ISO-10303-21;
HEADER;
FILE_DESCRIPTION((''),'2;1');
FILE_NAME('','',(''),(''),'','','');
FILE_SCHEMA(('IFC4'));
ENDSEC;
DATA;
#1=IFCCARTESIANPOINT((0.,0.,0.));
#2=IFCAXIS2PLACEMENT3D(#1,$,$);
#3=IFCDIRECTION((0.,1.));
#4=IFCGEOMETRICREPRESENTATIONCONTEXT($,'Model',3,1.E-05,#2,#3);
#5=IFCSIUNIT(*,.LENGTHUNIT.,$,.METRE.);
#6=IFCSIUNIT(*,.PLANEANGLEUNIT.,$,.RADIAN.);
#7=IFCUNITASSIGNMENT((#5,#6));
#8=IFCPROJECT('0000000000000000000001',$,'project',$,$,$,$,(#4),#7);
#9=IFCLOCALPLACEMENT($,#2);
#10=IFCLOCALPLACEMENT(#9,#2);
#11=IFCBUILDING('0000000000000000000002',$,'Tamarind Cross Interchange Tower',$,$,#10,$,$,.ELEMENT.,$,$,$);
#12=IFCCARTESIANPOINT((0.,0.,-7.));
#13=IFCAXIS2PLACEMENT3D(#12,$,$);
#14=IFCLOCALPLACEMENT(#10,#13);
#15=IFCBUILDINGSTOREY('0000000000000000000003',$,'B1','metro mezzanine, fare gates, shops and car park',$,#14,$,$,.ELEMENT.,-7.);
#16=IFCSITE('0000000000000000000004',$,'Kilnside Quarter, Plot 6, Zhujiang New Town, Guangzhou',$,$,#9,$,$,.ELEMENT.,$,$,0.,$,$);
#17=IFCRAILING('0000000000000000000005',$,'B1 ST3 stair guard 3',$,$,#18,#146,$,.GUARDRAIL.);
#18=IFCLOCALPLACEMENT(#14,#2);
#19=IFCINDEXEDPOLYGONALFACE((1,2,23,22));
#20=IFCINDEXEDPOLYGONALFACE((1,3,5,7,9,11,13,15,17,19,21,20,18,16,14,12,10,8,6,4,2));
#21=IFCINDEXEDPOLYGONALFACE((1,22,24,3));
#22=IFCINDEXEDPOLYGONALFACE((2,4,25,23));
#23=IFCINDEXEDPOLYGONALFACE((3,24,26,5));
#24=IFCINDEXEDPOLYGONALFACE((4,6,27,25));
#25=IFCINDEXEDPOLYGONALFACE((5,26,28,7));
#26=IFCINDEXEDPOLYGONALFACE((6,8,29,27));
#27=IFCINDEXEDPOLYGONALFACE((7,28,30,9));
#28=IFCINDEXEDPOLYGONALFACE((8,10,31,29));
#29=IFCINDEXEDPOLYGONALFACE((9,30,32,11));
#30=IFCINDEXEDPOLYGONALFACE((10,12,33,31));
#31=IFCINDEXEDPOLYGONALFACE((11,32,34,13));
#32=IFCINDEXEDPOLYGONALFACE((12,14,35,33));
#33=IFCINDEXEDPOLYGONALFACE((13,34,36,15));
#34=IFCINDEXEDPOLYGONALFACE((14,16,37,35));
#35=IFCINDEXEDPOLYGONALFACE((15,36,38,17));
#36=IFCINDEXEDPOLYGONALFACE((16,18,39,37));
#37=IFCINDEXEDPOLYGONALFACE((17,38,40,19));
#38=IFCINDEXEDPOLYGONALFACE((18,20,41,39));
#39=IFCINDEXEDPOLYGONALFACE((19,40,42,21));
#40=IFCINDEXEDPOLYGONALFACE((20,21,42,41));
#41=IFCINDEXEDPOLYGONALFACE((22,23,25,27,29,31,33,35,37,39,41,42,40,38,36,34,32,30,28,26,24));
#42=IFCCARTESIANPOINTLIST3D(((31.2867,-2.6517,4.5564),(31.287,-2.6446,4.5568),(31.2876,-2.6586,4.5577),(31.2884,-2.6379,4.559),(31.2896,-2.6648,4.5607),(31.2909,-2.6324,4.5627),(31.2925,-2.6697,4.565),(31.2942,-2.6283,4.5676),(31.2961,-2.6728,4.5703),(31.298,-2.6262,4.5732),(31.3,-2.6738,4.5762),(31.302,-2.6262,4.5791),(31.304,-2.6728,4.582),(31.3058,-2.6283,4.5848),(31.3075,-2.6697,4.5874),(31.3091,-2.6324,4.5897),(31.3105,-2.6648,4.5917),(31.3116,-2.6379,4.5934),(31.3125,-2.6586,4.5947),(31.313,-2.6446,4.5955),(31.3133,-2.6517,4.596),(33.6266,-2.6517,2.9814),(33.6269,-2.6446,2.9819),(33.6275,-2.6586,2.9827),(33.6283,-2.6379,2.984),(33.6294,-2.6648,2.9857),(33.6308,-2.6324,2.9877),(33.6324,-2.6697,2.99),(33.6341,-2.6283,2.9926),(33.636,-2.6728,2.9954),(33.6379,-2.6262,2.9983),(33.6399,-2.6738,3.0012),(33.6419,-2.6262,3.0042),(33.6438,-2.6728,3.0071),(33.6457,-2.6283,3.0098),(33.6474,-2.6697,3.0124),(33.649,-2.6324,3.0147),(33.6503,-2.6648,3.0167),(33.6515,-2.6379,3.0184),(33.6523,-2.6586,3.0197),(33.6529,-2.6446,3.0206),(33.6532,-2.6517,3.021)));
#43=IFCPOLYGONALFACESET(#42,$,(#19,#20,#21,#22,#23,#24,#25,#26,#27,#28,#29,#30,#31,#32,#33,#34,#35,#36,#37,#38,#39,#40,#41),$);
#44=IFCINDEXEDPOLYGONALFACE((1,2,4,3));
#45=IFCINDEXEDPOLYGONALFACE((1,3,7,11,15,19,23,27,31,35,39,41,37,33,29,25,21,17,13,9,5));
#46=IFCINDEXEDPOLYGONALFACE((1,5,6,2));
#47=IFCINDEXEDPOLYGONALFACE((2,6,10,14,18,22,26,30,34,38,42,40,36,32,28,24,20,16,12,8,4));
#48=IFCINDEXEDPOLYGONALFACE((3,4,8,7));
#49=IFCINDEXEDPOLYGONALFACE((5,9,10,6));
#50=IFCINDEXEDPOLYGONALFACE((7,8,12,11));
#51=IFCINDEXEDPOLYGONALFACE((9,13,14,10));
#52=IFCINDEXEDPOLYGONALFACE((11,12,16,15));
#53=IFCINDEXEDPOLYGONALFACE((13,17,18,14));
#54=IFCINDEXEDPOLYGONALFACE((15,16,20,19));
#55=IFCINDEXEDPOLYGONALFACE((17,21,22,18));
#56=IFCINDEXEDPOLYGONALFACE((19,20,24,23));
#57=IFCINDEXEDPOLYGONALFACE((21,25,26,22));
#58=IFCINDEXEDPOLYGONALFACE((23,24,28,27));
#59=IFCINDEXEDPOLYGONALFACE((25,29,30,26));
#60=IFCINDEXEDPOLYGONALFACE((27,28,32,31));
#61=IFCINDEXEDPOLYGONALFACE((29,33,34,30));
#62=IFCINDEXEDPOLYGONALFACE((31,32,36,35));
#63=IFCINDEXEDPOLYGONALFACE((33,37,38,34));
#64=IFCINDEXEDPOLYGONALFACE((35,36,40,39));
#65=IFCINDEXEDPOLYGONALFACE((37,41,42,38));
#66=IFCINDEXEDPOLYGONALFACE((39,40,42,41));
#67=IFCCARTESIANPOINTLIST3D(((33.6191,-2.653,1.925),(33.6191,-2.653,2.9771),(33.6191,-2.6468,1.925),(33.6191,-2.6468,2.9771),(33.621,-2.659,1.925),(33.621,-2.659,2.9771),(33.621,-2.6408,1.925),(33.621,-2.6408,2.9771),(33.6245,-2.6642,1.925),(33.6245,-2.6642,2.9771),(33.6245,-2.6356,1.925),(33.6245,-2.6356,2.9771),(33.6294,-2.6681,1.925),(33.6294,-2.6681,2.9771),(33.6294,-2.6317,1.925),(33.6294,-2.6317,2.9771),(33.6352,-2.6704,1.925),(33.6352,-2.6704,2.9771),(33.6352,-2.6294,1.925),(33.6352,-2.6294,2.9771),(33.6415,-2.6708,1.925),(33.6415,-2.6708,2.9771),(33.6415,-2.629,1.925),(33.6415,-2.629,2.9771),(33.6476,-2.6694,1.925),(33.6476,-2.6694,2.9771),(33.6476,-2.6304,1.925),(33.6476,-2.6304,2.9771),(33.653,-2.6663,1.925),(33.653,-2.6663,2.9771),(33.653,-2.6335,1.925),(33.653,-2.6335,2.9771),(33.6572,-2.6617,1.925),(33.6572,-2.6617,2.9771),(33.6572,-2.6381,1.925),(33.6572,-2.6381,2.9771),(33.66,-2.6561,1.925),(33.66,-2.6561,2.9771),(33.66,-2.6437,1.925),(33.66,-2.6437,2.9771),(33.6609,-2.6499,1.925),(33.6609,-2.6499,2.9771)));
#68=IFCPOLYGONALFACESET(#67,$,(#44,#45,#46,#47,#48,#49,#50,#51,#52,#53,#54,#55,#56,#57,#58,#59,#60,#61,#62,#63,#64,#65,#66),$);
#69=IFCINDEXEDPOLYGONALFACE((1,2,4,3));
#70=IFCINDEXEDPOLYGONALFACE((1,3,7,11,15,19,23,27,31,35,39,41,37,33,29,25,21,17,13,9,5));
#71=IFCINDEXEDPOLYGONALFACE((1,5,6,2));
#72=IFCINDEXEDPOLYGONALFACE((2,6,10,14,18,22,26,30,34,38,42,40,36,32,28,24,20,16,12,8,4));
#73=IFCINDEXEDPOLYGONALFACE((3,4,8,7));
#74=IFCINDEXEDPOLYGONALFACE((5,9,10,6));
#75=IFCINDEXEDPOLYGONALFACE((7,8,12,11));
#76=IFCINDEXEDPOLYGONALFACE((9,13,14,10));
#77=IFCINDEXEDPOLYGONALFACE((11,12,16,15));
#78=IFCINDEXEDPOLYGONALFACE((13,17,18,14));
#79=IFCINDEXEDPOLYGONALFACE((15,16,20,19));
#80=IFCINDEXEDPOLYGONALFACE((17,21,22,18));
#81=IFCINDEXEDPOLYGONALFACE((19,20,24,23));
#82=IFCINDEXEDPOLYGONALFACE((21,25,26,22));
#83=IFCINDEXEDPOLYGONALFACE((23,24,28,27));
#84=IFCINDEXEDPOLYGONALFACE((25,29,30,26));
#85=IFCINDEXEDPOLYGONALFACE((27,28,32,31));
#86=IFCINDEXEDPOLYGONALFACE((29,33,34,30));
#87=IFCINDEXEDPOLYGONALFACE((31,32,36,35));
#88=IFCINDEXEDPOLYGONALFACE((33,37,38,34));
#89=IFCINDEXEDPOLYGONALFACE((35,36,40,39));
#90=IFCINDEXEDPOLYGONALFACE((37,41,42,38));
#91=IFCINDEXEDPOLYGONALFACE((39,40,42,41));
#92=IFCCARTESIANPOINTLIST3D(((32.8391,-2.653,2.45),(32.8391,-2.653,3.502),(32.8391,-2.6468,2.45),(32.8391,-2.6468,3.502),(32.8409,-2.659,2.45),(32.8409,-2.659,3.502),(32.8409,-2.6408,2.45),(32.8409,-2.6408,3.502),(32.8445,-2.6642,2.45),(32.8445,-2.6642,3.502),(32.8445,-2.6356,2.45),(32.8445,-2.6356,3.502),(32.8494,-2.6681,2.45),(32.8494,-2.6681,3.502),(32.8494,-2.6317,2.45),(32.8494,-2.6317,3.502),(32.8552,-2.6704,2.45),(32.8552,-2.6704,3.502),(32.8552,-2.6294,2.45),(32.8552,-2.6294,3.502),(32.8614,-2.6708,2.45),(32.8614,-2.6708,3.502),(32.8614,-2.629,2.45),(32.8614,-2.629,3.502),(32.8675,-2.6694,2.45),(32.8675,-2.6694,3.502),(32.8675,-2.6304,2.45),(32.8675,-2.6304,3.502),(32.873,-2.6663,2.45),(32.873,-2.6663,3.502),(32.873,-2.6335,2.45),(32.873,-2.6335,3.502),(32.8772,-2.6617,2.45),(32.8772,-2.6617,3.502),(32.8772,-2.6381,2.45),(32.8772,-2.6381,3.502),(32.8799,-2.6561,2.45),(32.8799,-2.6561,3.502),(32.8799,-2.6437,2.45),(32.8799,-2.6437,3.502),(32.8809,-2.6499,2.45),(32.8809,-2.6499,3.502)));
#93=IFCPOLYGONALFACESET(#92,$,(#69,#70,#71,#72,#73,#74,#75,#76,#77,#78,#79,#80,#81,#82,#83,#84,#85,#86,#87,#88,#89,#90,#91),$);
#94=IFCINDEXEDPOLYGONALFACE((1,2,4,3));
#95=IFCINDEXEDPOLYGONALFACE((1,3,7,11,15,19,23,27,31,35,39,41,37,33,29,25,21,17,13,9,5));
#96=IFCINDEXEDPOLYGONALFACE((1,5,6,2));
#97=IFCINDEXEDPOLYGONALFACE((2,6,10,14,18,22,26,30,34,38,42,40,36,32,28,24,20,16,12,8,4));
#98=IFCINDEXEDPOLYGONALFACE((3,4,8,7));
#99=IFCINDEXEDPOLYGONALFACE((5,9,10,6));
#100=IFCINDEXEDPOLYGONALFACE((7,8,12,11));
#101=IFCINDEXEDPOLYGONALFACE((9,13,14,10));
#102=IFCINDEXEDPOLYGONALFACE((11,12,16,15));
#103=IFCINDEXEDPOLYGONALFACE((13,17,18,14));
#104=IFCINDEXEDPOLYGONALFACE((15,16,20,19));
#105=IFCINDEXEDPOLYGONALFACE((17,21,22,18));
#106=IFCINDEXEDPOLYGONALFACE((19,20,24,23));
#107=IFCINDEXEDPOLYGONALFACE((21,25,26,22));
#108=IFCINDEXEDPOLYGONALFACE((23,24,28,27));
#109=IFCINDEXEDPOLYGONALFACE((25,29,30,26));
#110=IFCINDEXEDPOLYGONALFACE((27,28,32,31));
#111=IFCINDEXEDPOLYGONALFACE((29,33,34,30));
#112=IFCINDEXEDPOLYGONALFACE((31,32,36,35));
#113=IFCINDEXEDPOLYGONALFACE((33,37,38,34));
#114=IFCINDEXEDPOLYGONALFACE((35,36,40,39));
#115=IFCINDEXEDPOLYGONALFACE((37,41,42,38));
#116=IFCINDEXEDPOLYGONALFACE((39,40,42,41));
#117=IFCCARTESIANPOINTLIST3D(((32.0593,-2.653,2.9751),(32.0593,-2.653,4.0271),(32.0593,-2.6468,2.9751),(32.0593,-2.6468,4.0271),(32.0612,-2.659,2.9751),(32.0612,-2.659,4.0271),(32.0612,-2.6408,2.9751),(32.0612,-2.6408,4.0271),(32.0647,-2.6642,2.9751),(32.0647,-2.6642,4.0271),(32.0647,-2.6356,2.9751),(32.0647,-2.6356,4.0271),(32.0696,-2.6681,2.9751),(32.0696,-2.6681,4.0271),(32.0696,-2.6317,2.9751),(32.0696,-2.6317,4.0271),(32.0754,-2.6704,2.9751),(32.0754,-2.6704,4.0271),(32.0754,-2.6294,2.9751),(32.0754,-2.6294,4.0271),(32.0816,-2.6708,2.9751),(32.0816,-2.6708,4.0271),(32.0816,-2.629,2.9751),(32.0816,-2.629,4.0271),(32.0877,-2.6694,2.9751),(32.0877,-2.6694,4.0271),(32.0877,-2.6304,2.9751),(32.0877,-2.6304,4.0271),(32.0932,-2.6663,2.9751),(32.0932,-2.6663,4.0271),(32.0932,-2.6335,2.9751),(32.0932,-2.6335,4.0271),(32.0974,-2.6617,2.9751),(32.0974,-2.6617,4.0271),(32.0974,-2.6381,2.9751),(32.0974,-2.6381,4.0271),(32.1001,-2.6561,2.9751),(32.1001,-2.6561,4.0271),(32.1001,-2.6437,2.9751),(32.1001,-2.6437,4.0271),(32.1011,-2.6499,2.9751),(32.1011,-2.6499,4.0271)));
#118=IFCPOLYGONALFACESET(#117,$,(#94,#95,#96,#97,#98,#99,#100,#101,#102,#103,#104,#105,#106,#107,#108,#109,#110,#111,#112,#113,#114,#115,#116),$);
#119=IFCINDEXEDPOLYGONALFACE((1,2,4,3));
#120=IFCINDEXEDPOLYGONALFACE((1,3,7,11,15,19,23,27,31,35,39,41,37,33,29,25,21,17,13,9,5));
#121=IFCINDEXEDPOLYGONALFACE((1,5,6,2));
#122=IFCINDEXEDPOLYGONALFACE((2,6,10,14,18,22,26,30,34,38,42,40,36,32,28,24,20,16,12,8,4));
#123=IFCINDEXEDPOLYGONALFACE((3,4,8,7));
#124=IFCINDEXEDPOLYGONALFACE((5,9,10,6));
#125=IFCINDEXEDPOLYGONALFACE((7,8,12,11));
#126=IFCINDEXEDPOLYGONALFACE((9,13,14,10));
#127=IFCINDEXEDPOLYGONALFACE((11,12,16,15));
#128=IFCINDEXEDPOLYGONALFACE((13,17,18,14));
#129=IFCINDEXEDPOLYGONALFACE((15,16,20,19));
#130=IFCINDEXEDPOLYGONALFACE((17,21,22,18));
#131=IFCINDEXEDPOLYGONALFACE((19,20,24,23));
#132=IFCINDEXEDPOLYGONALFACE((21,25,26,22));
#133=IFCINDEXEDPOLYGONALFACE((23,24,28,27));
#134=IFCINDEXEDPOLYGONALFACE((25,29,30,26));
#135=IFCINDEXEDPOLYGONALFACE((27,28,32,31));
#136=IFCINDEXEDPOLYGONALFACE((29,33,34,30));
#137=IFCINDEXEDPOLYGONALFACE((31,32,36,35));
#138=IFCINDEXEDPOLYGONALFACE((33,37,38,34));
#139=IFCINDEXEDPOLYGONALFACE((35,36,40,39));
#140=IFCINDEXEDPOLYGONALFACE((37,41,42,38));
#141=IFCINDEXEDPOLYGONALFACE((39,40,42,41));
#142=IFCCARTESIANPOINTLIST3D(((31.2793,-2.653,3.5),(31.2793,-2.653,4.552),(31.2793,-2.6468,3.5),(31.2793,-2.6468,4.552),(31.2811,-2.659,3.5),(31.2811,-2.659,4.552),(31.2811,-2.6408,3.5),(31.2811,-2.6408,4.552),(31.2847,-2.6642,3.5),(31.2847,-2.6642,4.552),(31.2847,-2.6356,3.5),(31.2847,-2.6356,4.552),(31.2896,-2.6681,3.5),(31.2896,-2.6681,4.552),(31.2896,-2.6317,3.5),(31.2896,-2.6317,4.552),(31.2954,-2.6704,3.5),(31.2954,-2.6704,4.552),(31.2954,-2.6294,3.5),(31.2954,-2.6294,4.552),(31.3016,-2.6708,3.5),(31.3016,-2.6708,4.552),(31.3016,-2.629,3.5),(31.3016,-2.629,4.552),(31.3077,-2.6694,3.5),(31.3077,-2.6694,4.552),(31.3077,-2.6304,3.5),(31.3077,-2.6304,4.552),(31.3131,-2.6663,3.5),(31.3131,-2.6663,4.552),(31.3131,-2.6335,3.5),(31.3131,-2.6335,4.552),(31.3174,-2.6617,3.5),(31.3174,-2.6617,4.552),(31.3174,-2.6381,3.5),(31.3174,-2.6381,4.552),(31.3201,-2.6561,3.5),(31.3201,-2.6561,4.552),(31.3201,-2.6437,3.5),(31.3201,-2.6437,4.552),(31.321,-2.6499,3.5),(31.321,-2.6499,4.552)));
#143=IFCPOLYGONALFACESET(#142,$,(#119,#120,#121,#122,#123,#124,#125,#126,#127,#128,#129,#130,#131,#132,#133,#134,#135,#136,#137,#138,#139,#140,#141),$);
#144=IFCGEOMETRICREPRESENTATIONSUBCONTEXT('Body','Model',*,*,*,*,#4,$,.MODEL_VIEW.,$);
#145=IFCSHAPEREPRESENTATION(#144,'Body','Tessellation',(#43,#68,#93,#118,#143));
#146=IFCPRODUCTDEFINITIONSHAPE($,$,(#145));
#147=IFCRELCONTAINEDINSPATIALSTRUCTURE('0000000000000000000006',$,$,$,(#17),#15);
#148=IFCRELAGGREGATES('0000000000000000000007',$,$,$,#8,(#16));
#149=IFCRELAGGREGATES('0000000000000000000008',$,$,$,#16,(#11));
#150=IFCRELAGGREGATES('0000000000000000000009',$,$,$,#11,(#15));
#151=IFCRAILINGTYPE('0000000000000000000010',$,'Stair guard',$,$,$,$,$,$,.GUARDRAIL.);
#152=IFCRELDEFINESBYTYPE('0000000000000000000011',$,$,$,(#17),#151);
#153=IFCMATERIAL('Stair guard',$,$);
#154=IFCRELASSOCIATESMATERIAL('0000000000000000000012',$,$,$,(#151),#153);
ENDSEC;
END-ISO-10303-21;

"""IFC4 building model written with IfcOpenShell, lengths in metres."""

from ifc_helpers import new_model, si_unit, direction, frame, origin, origin_2d, place, context, subcontext, project, spatial, circle, extrude, material, type_object, element, save


model = new_model("IFC4")

# Units and contexts
model_context = context("Model", 3, precision=1e-05, world=origin(), true_north=direction((0.0, 1.0)))
body_context = subcontext(model_context, "Body", "Model", "MODEL_VIEW")
ifc_project = project(units=[si_unit("LENGTHUNIT", "METRE"), si_unit("PLANEANGLEUNIT", "RADIAN")], contexts=[model_context])

# Site, building, storey
site_placement = place(None, origin())
site = spatial("IfcSite", under=ifc_project, at=site_placement, Name="Kilnside Quarter, Plot 6, Zhujiang New Town, Guangzhou", CompositionType="ELEMENT", RefElevation=0.0)
building_placement = place(site_placement, origin())
building = spatial("IfcBuilding", under=site, at=building_placement, Name="Tamarind Cross Interchange Tower", CompositionType="ELEMENT")
storey_placement = place(building_placement, frame((0.0, 0.0, -7.0)))
storey = spatial("IfcBuildingStorey", under=building, at=storey_placement, Name="B1", Description="metro mezzanine, fare gates, shops and car park", CompositionType="ELEMENT", Elevation=-7.0)

# Railing
ifc_material_1 = material(Name="Stair guard")
railing_type_1 = type_object("IfcRailingType", Name="Stair guard", PredefinedType="GUARDRAIL", material=ifc_material_1)
railing_1_placement = place(storey_placement, frame((33.6399, -2.6499, 1.925)))
element("IfcRailing", 1, at=railing_1_placement, inside=storey, type_object=railing_type_1, Name="B1 ST3 stair guard 3", PredefinedType="GUARDRAIL", context=body_context, shape_type="SweptSolid", body=[
    extrude(circle(Radius=0.0239, at=origin_2d()), frame((0.0, 0.0, 1.0762), z_axis=(-0.829578, 0.0, 0.55839), x_axis=(0.0, -1.0, 0.0)), (0.0, 0.0, 1.0), 2.8206),
    extrude(circle(Radius=0.021, at=origin_2d()), origin(), (0.0, 0.0, 1.0), 1.052),
    extrude(circle(Radius=0.021, at=origin_2d()), frame((-0.78, 0.0, 0.5249)), (0.0, 0.0, 1.0), 1.052),
    extrude(circle(Radius=0.021, at=origin_2d()), frame((-1.5598, 0.0, 1.05)), (0.0, 0.0, 1.0), 1.052),
    extrude(circle(Radius=0.021, at=origin_2d()), frame((-2.3398, 0.0, 1.575)), (0.0, 0.0, 1.0), 1.052),
])

save(model, "model.ifc")
